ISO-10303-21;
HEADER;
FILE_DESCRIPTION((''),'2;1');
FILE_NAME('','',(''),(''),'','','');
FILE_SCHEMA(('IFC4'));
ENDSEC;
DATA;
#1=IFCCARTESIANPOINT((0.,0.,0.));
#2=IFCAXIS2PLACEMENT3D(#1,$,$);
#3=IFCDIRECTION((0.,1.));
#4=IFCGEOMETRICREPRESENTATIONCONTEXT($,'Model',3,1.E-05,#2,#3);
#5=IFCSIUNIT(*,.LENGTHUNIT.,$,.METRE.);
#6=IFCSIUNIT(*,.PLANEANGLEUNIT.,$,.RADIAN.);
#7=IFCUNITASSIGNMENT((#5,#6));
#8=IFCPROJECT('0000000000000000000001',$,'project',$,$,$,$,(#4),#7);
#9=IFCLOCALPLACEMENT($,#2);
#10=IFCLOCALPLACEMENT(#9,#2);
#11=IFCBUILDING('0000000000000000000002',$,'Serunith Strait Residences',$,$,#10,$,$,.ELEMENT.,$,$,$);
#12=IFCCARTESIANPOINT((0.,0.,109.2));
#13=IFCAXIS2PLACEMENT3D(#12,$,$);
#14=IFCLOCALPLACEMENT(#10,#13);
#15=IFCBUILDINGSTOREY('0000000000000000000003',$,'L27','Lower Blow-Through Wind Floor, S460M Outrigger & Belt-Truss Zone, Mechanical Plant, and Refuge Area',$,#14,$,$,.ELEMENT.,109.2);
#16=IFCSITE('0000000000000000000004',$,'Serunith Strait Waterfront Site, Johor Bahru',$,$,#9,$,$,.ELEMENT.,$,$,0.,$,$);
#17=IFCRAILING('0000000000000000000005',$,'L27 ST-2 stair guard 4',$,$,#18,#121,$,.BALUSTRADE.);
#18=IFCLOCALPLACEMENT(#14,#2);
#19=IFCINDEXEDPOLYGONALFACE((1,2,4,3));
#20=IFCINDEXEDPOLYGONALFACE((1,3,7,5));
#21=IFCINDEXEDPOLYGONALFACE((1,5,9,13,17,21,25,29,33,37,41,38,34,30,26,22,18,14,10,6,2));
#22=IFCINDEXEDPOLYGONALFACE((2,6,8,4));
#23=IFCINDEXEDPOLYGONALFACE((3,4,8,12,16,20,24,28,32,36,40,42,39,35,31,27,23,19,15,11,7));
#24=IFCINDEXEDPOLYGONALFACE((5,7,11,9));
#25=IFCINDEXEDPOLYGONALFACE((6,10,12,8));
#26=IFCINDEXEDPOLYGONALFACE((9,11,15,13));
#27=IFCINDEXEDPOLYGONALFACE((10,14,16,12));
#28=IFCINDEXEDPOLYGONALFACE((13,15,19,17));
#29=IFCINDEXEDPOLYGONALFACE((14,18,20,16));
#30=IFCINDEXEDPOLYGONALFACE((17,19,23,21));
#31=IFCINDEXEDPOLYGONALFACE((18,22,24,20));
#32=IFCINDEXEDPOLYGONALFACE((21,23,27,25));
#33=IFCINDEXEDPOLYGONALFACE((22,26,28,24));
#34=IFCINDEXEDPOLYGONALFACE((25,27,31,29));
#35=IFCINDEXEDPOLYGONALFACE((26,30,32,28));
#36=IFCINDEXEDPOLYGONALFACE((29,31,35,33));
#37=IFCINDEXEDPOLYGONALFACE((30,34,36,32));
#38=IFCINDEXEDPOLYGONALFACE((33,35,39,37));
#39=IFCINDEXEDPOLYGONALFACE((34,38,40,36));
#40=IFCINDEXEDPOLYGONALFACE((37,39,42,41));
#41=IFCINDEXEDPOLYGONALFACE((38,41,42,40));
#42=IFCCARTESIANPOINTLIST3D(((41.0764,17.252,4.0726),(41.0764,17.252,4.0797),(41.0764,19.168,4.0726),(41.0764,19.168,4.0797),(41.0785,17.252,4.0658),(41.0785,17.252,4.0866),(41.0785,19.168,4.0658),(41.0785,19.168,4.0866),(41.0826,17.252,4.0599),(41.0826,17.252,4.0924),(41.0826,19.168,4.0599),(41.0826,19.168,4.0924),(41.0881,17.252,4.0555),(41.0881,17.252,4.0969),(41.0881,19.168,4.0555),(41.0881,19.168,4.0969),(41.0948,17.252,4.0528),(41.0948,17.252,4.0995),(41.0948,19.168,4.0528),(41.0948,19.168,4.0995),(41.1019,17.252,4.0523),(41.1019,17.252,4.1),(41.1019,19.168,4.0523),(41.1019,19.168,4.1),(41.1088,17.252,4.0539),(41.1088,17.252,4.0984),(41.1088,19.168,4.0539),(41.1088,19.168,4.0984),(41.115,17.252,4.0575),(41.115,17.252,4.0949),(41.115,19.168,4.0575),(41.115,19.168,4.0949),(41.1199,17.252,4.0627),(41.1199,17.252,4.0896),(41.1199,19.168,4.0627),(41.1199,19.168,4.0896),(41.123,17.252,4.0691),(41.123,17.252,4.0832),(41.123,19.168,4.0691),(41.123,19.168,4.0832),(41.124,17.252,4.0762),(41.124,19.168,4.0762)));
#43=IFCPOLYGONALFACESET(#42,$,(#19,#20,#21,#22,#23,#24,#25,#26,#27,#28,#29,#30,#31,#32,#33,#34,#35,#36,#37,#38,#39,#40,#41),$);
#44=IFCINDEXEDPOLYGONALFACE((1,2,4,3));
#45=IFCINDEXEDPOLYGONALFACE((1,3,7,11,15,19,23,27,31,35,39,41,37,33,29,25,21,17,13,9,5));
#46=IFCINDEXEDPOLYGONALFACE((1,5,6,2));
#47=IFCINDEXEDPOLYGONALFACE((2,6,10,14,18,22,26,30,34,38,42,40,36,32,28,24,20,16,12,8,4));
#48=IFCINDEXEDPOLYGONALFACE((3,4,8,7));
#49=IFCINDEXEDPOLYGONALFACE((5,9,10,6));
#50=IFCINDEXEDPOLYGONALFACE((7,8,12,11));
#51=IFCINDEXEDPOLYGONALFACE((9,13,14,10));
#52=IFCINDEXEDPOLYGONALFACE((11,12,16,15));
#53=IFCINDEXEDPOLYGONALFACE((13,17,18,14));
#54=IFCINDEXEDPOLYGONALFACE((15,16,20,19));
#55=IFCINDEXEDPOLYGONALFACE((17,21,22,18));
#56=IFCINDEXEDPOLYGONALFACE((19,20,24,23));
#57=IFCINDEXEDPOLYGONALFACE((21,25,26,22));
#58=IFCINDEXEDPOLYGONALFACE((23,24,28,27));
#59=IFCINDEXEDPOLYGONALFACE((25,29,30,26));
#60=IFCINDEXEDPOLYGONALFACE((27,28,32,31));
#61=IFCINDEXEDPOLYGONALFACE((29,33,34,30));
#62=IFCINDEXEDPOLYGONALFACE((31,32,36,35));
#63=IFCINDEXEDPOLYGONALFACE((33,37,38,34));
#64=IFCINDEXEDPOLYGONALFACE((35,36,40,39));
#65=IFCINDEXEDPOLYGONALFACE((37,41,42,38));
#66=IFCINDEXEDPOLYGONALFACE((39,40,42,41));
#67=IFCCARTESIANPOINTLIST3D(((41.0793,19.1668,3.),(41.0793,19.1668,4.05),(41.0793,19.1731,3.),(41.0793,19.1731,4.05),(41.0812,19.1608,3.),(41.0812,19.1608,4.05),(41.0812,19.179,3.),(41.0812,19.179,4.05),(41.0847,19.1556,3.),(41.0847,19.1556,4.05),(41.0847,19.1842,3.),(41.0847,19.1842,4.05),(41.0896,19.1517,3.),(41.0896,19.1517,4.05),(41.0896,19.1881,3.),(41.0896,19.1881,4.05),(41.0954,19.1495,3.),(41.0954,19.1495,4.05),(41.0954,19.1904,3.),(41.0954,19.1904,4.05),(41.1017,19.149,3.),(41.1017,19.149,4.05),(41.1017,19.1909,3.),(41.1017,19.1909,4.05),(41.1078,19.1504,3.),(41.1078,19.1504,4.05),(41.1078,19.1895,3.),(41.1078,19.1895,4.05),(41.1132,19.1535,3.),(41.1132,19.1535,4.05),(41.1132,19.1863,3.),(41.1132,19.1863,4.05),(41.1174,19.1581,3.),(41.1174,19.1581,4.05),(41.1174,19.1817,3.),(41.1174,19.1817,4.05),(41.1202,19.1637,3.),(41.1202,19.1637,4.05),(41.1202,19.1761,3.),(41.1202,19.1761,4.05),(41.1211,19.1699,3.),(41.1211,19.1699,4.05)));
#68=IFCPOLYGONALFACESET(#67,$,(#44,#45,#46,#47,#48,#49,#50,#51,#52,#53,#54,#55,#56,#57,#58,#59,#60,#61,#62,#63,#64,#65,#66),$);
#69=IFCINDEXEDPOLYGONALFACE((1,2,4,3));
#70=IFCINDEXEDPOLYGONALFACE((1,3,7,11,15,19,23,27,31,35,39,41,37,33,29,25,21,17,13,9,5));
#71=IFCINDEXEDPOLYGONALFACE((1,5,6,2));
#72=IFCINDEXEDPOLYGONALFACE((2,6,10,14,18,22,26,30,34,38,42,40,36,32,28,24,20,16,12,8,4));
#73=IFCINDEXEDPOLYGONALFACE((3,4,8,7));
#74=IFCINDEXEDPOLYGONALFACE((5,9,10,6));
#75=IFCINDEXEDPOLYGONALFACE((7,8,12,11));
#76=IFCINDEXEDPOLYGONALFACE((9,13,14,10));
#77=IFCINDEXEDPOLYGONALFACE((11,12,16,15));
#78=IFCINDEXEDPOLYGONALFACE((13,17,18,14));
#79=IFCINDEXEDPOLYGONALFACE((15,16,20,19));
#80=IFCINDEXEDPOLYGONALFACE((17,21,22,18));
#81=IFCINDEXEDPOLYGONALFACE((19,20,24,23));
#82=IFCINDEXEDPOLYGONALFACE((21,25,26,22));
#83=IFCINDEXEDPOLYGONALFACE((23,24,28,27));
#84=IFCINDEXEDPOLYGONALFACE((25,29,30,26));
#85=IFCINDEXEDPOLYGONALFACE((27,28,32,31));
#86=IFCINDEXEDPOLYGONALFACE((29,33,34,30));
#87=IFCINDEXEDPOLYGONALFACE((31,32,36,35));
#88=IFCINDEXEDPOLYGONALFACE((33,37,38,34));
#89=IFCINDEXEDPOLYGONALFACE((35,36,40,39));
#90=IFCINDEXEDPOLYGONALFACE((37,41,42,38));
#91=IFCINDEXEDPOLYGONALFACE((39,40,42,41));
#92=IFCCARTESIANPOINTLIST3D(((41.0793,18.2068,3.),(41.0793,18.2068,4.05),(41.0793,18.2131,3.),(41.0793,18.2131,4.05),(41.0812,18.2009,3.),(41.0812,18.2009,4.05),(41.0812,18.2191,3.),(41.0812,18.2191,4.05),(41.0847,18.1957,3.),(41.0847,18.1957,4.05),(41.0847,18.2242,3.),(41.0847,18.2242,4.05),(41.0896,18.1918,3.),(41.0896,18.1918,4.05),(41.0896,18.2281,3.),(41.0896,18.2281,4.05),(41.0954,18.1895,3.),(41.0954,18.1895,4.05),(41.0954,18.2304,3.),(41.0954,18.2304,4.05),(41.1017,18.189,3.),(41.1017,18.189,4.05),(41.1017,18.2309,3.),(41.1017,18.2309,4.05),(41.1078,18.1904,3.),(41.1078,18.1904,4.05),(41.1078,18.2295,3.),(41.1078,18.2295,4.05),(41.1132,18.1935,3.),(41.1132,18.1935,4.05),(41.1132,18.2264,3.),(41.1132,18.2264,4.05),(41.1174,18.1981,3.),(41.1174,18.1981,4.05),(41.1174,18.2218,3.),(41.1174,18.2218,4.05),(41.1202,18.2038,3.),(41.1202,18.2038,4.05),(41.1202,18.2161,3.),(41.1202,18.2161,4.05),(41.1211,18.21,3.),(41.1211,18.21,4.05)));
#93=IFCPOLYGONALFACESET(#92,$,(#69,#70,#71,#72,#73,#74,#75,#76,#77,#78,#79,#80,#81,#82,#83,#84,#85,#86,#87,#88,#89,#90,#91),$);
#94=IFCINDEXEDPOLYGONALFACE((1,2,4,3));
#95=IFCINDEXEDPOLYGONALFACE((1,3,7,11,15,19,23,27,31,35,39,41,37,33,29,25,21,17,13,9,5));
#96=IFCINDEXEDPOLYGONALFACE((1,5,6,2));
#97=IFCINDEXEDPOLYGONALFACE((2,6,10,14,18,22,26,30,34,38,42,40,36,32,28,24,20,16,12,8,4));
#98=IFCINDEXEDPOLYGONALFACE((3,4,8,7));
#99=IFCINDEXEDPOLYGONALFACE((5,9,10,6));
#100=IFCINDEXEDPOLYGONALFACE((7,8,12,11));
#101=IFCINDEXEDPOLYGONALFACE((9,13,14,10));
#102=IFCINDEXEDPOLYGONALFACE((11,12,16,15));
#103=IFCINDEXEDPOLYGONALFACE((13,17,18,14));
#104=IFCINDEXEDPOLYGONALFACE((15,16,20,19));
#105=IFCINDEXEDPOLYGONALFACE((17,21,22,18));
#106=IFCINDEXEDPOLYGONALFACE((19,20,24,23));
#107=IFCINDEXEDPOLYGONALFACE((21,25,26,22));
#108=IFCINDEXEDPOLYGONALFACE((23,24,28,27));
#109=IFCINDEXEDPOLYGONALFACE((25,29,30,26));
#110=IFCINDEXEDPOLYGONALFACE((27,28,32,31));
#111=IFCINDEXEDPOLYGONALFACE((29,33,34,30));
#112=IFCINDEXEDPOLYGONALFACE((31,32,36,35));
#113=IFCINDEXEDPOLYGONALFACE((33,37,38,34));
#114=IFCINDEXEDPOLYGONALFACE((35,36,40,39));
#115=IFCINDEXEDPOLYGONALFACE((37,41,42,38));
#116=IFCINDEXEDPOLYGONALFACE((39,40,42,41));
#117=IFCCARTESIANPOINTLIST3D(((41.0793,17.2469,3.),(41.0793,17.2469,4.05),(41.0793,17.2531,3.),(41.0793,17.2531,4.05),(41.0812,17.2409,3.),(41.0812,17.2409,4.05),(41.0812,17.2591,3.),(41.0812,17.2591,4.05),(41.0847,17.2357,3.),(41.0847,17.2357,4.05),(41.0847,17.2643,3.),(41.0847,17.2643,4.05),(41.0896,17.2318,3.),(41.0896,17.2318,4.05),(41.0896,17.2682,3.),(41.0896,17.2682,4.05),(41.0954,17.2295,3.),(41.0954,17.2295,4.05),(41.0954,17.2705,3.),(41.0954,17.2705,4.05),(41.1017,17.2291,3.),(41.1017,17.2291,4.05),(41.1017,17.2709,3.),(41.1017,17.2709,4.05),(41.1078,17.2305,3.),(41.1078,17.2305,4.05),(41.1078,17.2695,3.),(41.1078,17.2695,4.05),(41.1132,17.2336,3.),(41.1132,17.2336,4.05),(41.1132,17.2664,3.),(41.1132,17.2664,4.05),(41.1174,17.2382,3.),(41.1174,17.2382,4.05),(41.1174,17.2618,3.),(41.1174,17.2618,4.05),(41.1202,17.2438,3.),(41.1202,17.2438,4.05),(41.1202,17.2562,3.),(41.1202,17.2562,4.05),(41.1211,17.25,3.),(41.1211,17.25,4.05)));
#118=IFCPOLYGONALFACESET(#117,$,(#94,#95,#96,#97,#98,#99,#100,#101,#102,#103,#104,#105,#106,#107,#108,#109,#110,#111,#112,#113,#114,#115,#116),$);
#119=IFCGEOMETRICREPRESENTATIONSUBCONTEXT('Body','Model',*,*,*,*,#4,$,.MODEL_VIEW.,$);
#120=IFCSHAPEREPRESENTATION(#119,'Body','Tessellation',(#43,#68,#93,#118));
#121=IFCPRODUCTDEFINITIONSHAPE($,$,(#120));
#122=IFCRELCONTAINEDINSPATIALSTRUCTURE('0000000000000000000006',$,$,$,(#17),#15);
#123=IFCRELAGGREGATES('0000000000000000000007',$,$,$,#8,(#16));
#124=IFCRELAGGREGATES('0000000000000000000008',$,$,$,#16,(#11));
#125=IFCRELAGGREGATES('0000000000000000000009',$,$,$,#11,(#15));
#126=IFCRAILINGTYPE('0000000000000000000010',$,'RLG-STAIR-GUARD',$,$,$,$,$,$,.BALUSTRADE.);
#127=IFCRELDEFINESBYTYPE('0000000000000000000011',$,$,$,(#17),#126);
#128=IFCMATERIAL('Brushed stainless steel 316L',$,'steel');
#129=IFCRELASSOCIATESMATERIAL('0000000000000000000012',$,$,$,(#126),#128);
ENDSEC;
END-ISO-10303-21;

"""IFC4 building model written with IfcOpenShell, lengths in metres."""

from ifc_helpers import new_model, si_unit, direction, frame, origin, origin_2d, place, context, subcontext, project, spatial, circle, extrude, material, type_object, element, save


model = new_model("IFC4")

# Units and contexts
model_context = context("Model", 3, precision=1e-05, world=origin(), true_north=direction((0.0, 1.0)))
body_context = subcontext(model_context, "Body", "Model", "MODEL_VIEW")
ifc_project = project(units=[si_unit("LENGTHUNIT", "METRE"), si_unit("PLANEANGLEUNIT", "RADIAN")], contexts=[model_context])

# Site, building, storey
site_placement = place(None, origin())
site = spatial("IfcSite", under=ifc_project, at=site_placement, Name="Serunith Strait Waterfront Site, Johor Bahru", CompositionType="ELEMENT", RefElevation=0.0)
building_placement = place(site_placement, origin())
building = spatial("IfcBuilding", under=site, at=building_placement, Name="Serunith Strait Residences", CompositionType="ELEMENT")
storey_placement = place(building_placement, frame((0.0, 0.0, 109.2)))
storey = spatial("IfcBuildingStorey", under=building, at=storey_placement, Name="L27", Description="Lower Blow-Through Wind Floor, S460M Outrigger & Belt-Truss Zone, Mechanical Plant, and Refuge Area", CompositionType="ELEMENT", Elevation=109.2)

# Railing
ifc_material_1 = material(Name="Brushed stainless steel 316L", Category="steel")
railing_type_1 = type_object("IfcRailingType", Name="RLG-STAIR-GUARD", PredefinedType="BALUSTRADE", material=ifc_material_1)
for number, where, name in (
    (1, (41.1001, 19.1699, 3.0), "L27 ST-2 stair guard 4"),
):
    element("IfcRailing", number, at=place(storey_placement, frame(where)), inside=storey, type_object=railing_type_1, Name=name, PredefinedType="BALUSTRADE", context=body_context, shape_type="SweptSolid", body=[
        extrude(circle(Radius=0.0239, at=origin_2d()), frame((0.0, -0.002, 1.0762), z_axis=(0.0, -1.0, 0.0), x_axis=(1.0, 0.0, 0.0)), (0.0, 0.0, 1.0), 1.916),
        extrude(circle(Radius=0.021, at=origin_2d()), origin(), (0.0, 0.0, 1.0), 1.05),
        extrude(circle(Radius=0.021, at=origin_2d()), frame((0.0, -0.96, 0.0)), (0.0, 0.0, 1.0), 1.05),
        extrude(circle(Radius=0.021, at=origin_2d()), frame((0.0, -1.9199, 0.0)), (0.0, 0.0, 1.0), 1.05),
    ])

save(model, "model.ifc")
